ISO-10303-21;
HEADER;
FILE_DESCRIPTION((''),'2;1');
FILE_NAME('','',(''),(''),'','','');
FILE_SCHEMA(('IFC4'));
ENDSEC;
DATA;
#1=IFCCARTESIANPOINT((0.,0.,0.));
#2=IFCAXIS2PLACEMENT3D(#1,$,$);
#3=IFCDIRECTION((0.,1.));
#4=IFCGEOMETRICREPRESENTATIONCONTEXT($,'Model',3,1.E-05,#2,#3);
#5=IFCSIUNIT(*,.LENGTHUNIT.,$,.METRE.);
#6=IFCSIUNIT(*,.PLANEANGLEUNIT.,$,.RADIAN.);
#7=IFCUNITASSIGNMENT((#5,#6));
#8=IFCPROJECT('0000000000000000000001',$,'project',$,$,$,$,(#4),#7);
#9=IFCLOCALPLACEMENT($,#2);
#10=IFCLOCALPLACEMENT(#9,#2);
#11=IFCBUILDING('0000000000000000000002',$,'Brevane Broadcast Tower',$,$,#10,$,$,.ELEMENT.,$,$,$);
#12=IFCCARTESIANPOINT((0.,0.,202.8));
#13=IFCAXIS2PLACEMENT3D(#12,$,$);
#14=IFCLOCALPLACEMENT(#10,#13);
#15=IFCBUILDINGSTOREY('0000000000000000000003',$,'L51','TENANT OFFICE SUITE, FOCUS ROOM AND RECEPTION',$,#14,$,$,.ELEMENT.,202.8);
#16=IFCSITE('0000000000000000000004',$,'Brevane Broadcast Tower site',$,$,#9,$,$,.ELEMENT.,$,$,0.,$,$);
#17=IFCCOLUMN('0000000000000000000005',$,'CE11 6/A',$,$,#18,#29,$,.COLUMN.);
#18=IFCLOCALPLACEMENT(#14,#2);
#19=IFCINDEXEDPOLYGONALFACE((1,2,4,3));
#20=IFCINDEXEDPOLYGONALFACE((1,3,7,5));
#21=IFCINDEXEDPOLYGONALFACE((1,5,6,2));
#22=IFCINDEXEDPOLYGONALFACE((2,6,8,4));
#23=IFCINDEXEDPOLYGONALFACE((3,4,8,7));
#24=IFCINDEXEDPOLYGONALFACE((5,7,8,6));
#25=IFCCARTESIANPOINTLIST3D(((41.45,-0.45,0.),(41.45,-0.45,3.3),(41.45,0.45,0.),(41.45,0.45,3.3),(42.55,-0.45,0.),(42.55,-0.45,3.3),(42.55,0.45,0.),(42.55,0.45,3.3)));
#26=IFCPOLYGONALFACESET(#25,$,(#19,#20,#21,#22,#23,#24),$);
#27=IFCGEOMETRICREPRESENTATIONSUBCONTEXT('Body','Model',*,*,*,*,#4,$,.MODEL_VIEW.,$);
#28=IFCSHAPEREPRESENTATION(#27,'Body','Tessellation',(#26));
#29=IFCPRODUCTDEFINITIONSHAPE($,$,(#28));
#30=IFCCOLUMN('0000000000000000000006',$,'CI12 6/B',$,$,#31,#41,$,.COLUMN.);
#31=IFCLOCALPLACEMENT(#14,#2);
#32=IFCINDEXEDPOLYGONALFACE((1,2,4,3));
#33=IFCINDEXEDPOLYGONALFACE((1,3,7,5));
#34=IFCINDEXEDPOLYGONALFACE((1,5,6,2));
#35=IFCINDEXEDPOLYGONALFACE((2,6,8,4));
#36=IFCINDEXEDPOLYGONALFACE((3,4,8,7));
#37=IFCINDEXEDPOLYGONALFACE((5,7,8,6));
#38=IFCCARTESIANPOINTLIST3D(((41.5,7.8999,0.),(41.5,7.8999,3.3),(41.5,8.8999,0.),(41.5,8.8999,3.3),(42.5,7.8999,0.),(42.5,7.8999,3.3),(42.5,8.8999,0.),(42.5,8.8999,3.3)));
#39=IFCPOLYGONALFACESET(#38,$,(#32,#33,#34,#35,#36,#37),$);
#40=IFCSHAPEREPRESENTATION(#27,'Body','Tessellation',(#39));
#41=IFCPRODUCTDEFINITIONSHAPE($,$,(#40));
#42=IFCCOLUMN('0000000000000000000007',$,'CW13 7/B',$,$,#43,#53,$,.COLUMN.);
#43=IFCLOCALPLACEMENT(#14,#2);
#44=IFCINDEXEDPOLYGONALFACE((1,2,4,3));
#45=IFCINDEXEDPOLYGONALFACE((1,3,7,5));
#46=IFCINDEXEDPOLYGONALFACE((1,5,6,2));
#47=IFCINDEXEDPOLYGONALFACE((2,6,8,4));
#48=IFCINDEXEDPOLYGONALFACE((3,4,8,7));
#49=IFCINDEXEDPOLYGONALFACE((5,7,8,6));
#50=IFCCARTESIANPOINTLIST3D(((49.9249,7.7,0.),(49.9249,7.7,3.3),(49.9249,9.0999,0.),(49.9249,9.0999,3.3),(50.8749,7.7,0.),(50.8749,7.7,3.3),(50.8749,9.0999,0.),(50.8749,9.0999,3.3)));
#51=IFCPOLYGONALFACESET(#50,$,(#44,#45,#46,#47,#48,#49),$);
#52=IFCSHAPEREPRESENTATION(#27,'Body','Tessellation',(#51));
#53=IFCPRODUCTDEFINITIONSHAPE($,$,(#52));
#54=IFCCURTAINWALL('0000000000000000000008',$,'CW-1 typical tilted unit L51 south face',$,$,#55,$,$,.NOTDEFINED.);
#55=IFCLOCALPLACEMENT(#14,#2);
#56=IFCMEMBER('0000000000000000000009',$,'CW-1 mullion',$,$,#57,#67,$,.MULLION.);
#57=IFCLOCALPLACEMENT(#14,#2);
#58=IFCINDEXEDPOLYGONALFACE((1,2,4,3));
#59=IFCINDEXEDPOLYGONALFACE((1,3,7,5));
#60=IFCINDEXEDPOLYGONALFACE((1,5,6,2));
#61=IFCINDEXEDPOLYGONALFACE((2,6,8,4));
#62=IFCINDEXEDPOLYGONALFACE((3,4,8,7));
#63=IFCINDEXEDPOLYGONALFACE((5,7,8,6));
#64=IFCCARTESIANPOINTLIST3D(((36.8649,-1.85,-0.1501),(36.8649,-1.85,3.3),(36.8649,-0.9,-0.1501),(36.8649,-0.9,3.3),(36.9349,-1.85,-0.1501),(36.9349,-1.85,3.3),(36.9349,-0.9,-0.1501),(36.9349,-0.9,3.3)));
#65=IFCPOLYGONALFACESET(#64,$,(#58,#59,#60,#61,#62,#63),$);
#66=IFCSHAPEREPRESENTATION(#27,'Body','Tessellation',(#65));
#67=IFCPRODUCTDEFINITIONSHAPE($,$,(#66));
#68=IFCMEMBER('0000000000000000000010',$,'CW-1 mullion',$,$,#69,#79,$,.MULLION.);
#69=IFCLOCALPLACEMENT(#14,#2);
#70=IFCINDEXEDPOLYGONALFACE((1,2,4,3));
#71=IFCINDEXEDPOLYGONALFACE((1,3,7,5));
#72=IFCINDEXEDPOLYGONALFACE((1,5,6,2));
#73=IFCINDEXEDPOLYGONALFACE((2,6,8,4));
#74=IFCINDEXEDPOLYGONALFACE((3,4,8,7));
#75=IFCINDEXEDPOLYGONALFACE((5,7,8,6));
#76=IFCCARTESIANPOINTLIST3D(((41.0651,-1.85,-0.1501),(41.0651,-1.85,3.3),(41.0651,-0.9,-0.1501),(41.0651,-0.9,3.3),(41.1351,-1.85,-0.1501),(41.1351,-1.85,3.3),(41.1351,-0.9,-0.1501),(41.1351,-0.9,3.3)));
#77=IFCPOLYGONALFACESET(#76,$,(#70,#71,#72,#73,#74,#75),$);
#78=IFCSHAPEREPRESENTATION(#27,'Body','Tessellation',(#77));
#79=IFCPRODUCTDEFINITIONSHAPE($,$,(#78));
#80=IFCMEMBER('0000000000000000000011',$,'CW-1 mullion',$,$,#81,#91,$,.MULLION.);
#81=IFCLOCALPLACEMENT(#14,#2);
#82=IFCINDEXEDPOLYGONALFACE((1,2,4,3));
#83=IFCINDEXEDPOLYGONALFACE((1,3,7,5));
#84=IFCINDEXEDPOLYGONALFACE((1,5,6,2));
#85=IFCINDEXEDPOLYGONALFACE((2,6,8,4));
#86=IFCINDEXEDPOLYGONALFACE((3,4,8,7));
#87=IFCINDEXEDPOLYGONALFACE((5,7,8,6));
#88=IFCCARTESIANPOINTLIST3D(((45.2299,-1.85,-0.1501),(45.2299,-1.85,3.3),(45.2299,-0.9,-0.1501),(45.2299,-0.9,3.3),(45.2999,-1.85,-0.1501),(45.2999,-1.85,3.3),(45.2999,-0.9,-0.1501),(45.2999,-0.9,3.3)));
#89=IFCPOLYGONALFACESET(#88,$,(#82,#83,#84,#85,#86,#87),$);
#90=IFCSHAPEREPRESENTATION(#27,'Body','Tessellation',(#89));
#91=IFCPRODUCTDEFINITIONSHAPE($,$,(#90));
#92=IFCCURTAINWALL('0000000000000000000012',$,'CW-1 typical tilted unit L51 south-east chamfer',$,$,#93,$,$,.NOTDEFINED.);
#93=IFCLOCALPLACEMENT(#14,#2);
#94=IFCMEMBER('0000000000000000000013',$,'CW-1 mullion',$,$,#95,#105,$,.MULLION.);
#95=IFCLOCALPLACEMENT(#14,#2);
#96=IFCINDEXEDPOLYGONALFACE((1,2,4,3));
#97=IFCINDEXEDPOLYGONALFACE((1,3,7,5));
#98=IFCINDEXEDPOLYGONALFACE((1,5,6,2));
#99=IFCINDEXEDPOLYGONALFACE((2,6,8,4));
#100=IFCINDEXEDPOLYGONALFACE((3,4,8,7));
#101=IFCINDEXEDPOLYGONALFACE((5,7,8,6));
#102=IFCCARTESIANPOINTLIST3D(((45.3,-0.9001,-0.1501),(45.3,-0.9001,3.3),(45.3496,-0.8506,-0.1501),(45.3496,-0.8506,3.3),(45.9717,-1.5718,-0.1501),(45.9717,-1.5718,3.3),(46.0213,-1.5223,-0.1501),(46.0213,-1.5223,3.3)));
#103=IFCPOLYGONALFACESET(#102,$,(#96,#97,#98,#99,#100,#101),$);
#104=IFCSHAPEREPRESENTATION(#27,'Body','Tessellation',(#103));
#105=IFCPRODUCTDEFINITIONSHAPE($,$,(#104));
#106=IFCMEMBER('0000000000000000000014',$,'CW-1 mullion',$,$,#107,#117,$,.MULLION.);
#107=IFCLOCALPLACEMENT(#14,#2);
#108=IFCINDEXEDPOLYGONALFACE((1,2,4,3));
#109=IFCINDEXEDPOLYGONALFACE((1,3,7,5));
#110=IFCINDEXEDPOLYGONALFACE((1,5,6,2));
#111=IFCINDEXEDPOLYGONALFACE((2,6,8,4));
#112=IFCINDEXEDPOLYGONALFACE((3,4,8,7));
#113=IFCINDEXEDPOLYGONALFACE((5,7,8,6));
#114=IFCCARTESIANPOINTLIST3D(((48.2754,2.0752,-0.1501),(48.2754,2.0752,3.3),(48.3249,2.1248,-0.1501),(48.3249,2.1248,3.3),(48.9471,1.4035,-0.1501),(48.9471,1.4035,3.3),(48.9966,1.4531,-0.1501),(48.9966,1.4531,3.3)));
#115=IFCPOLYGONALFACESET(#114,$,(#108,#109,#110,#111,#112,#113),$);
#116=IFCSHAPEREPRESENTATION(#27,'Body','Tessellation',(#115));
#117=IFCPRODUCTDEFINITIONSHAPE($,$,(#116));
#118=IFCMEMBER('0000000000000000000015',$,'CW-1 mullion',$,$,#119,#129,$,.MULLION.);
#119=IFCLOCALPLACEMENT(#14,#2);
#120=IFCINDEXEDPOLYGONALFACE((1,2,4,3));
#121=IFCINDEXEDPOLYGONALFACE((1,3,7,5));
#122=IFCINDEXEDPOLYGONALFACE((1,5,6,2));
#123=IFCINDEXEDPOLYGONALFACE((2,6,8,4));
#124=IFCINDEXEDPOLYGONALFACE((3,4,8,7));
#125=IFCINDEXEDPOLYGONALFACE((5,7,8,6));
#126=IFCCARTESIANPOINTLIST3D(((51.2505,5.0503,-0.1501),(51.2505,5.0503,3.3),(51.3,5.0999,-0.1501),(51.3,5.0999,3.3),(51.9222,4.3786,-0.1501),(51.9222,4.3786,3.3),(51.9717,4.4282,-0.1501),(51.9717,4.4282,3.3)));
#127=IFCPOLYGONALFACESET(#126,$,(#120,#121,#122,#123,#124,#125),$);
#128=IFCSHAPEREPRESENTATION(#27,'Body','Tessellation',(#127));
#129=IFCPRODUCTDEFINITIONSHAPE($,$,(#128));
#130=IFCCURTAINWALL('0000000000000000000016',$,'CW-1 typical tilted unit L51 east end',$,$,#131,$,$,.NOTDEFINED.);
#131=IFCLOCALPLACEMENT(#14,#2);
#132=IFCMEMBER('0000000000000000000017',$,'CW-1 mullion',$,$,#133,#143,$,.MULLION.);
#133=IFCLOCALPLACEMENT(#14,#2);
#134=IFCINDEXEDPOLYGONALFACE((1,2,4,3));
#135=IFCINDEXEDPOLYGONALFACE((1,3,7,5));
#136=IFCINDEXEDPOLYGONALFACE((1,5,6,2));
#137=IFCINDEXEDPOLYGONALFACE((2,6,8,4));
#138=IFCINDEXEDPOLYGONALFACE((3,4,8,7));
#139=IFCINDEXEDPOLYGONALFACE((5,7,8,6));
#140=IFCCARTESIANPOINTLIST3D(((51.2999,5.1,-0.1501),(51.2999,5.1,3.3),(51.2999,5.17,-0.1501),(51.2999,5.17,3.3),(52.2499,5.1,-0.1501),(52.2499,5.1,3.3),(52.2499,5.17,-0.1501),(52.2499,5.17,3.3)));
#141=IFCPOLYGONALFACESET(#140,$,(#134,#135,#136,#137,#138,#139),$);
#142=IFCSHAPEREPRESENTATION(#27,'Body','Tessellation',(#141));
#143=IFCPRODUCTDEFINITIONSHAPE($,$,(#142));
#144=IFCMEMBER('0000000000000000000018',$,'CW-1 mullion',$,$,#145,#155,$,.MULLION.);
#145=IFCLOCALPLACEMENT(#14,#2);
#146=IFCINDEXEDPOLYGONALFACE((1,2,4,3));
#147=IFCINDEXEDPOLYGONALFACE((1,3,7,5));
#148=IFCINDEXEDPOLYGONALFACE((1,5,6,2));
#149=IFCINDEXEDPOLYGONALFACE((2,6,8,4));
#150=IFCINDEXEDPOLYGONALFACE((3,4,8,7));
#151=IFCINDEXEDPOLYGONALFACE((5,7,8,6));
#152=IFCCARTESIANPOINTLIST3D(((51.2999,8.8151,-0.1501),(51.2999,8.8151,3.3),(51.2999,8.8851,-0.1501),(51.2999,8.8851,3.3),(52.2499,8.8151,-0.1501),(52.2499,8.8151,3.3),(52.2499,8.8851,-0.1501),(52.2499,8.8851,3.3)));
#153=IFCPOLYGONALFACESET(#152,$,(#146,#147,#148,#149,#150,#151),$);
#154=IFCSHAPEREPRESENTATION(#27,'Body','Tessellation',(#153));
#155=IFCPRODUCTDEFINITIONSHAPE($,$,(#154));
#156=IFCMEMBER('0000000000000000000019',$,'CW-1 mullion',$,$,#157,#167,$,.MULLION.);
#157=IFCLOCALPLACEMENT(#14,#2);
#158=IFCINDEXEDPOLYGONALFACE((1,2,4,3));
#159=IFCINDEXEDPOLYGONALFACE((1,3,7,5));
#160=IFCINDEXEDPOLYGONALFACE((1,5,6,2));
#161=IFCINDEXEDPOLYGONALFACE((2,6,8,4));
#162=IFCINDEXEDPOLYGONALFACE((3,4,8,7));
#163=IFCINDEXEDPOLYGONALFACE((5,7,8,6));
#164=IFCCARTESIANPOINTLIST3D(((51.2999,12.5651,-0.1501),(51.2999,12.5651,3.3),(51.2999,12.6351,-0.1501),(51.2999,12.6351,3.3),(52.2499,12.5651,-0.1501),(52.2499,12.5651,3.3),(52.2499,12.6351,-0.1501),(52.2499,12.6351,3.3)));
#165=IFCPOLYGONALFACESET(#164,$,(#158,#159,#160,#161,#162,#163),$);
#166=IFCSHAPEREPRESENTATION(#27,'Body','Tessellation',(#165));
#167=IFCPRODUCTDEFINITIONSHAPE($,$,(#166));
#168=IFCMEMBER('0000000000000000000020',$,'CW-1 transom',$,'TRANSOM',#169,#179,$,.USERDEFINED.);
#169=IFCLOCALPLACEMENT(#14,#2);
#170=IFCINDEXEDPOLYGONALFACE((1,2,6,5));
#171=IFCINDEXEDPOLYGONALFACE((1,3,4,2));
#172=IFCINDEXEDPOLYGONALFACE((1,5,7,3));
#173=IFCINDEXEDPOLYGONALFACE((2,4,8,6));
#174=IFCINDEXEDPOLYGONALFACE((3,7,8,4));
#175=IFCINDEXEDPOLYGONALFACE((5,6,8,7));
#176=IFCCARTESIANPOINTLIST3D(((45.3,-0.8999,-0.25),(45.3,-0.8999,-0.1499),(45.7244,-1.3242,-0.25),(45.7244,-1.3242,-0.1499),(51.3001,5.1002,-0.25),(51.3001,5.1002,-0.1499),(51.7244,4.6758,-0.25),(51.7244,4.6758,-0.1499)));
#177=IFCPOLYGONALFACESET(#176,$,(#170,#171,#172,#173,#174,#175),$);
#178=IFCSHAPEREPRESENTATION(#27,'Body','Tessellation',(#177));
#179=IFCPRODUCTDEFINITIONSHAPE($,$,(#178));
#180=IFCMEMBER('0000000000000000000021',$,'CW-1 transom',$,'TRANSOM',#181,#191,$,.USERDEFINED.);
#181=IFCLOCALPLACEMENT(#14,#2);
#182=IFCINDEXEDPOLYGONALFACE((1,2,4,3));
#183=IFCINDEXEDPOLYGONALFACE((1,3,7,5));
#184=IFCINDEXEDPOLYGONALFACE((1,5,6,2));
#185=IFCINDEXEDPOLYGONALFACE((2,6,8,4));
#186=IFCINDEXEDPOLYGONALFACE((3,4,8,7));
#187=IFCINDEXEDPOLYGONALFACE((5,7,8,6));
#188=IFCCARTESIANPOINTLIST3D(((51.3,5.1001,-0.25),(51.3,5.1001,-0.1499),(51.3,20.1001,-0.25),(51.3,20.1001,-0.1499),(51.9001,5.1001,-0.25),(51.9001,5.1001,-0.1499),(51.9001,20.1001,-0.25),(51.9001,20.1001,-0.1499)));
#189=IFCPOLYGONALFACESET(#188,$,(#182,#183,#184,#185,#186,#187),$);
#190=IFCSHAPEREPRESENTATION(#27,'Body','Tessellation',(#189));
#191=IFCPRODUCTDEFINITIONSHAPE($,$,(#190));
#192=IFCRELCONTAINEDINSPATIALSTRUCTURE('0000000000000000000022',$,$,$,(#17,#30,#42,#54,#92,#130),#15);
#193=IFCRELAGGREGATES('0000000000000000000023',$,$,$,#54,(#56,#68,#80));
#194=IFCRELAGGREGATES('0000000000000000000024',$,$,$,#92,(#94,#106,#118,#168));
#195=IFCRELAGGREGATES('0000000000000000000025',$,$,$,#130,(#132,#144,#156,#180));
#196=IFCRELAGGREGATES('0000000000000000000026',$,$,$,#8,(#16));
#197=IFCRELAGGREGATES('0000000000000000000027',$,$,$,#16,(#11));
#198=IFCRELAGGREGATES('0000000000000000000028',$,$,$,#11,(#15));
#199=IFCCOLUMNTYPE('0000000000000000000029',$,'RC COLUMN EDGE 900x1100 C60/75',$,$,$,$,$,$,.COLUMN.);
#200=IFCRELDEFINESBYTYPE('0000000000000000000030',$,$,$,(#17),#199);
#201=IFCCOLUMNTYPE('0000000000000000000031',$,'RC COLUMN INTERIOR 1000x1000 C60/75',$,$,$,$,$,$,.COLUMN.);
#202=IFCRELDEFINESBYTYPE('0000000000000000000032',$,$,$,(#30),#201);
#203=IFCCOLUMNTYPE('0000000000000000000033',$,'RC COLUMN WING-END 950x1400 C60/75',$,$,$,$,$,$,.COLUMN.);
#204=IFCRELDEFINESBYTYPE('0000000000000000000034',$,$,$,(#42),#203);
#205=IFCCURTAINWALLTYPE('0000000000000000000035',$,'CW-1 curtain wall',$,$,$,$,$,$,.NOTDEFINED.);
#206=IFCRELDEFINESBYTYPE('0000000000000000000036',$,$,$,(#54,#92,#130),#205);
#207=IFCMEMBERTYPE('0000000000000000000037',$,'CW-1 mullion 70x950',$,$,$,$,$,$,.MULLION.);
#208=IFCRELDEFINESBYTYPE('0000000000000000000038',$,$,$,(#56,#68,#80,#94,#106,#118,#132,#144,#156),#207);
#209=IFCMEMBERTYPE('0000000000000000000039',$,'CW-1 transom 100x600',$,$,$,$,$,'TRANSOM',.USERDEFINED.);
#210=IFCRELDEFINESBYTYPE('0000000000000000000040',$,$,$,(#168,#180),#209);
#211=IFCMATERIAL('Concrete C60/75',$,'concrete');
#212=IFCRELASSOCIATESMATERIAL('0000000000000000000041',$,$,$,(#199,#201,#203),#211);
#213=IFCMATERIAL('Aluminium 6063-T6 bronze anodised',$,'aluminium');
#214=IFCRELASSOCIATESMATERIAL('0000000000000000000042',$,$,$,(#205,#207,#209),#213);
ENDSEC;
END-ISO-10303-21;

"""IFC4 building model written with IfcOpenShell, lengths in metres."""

from ifc_helpers import new_model, si_unit, direction, frame, origin, origin_2d, place, context, subcontext, project, spatial, rectangle, extrude, material, material_profile, profile_set, type_object, element, aggregate, save


model = new_model("IFC4")

# Units and contexts
model_context = context("Model", 3, precision=1e-05, world=origin(), true_north=direction((0.0, 1.0)))
body_context = subcontext(model_context, "Body", "Model", "MODEL_VIEW")
ifc_project = project(units=[si_unit("LENGTHUNIT", "METRE"), si_unit("PLANEANGLEUNIT", "RADIAN")], contexts=[model_context])

# Site, building, storey
site_placement = place(None, origin())
site = spatial("IfcSite", under=ifc_project, at=site_placement, Name="Brevane Broadcast Tower site", CompositionType="ELEMENT", RefElevation=0.0)
building_placement = place(site_placement, origin())
building = spatial("IfcBuilding", under=site, at=building_placement, Name="Brevane Broadcast Tower", CompositionType="ELEMENT")
storey_placement = place(building_placement, frame((0.0, 0.0, 202.8)))
storey = spatial("IfcBuildingStorey", under=building, at=storey_placement, Name="L51", Description="TENANT OFFICE SUITE, FOCUS ROOM AND RECEPTION", CompositionType="ELEMENT", Elevation=202.8)

# Columns
ifc_material_1 = material(Name="Concrete C60/75", Category="concrete")
ifc_material_profile_1 = material_profile(ifc_material_1, rectangle(XDim=0.8999, YDim=1.1001, at=origin_2d()), Name="RC 900x1100")
ifc_profile_set_1 = profile_set([ifc_material_profile_1], Name="Concrete C60/75")
column_type_1 = type_object("IfcColumnType", Name="RC COLUMN EDGE 900x1100 C60/75", PredefinedType="COLUMN", material=ifc_profile_set_1)
column_1_placement = place(storey_placement, frame((42.0, 0.0, 0.0), z_axis=(0.0, 0.0, 1.0), x_axis=(0.0, 1.0, 0.0)))
element("IfcColumn", 1, at=column_1_placement, inside=storey, type_object=column_type_1, Name="CE11 6/A", PredefinedType="COLUMN", context=body_context, shape_type="SweptSolid", body=[
    extrude(rectangle(XDim=0.8999, YDim=1.1001, at=origin_2d()), origin(), (0.0, 0.0, 1.0), 3.3),
])
ifc_material_profile_2 = material_profile(ifc_material_1, rectangle(XDim=1.0, YDim=1.0, at=origin_2d()), Name="RC 1000x1000")
ifc_profile_set_2 = profile_set([ifc_material_profile_2], Name="Concrete C60/75")
column_type_2 = type_object("IfcColumnType", Name="RC COLUMN INTERIOR 1000x1000 C60/75", PredefinedType="COLUMN", material=ifc_profile_set_2)
column_2_placement = place(storey_placement, frame((42.0, 8.3999, 0.0), z_axis=(0.0, 0.0, 1.0), x_axis=(1.0, 0.0, 0.0)))
element("IfcColumn", 2, at=column_2_placement, inside=storey, type_object=column_type_2, Name="CI12 6/B", PredefinedType="COLUMN", context=body_context, shape_type="SweptSolid", body=[
    extrude(rectangle(XDim=1.0, YDim=1.0, at=origin_2d()), origin(), (0.0, 0.0, 1.0), 3.3),
])
ifc_material_profile_3 = material_profile(ifc_material_1, rectangle(XDim=0.95, YDim=1.3999, at=origin_2d()), Name="RC 950x1400")
ifc_profile_set_3 = profile_set([ifc_material_profile_3], Name="Concrete C60/75")
column_type_3 = type_object("IfcColumnType", Name="RC COLUMN WING-END 950x1400 C60/75", PredefinedType="COLUMN", material=ifc_profile_set_3)
column_3_placement = place(storey_placement, frame((50.3999, 8.3999, 0.0), z_axis=(0.0, 0.0, 1.0), x_axis=(1.0, 0.0, 0.0)))
element("IfcColumn", 3, at=column_3_placement, inside=storey, type_object=column_type_3, Name="CW13 7/B", PredefinedType="COLUMN", context=body_context, shape_type="SweptSolid", body=[
    extrude(rectangle(XDim=0.95, YDim=1.3999, at=origin_2d()), origin(), (0.0, 0.0, 1.0), 3.3),
])

# Curtain walls, members
ifc_material_2 = material(Name="Aluminium 6063-T6 bronze anodised", Category="aluminium")
curtain_wall_type = type_object("IfcCurtainWallType", Name="CW-1 curtain wall", PredefinedType="NOTDEFINED", material=ifc_material_2)
curtain_wall_1_placement = place(storey_placement, origin())
curtain_wall_1 = element("IfcCurtainWall", 4, at=curtain_wall_1_placement, inside=storey, type_object=curtain_wall_type, Name="CW-1 typical tilted unit L51 south face", PredefinedType="NOTDEFINED")
ifc_material_profile_4 = material_profile(ifc_material_2, rectangle(XDim=0.95, YDim=0.0701, at=origin_2d()), Name="RECT 70x950")
ifc_profile_set_4 = profile_set([ifc_material_profile_4], Name="Aluminium 6063-T6 bronze anodised")
member_type_1 = type_object("IfcMemberType", Name="CW-1 mullion 70x950", PredefinedType="MULLION", material=ifc_profile_set_4)
member_1_placement = place(storey_placement, frame((36.8999, -1.375, -0.1501), z_axis=(0.0, 0.0, 1.0), x_axis=(0.0, 1.0, 0.0)))
member_1 = element("IfcMember", 5, at=member_1_placement, type_object=member_type_1, Name="CW-1 mullion", PredefinedType="MULLION", context=body_context, shape_type="SweptSolid", body=[
    extrude(rectangle(XDim=0.95, YDim=0.0701, at=origin_2d()), origin(), (0.0, 0.0, 1.0), 3.4502),
])
member_2_placement = place(storey_placement, frame((41.1001, -1.375, -0.1501), z_axis=(0.0, 0.0, 1.0), x_axis=(0.0, 1.0, 0.0)))
member_2 = element("IfcMember", 6, at=member_2_placement, type_object=member_type_1, Name="CW-1 mullion", PredefinedType="MULLION", context=body_context, shape_type="SweptSolid", body=[
    extrude(rectangle(XDim=0.95, YDim=0.0701, at=origin_2d()), origin(), (0.0, 0.0, 1.0), 3.4502),
])
member_3_placement = place(storey_placement, frame((45.2649, -1.375, -0.1501), z_axis=(0.0, 0.0, 1.0), x_axis=(0.0, 1.0, 0.0)))
member_3 = element("IfcMember", 7, at=member_3_placement, type_object=member_type_1, Name="CW-1 mullion", PredefinedType="MULLION", context=body_context, shape_type="SweptSolid", body=[
    extrude(rectangle(XDim=0.95, YDim=0.0701, at=origin_2d()), origin(), (0.0, 0.0, 1.0), 3.4502),
])
aggregate(curtain_wall_1, [member_1, member_2, member_3])
curtain_wall_2_placement = place(storey_placement, origin())
curtain_wall_2 = element("IfcCurtainWall", 8, at=curtain_wall_2_placement, inside=storey, type_object=curtain_wall_type, Name="CW-1 typical tilted unit L51 south-east chamfer", PredefinedType="NOTDEFINED")
member_4_placement = place(storey_placement, frame((45.6606, -1.2112, -0.1501), z_axis=(0.0, 0.0, 1.0), x_axis=(-0.707107, 0.707107, 0.0)))
member_4 = element("IfcMember", 9, at=member_4_placement, type_object=member_type_1, Name="CW-1 mullion", PredefinedType="MULLION", context=body_context, shape_type="SweptSolid", body=[
    extrude(rectangle(XDim=0.95, YDim=0.0701, at=origin_2d()), origin(), (0.0, 0.0, 1.0), 3.4502),
])
member_5_placement = place(storey_placement, frame((48.636, 1.7642, -0.1501), z_axis=(0.0, 0.0, 1.0), x_axis=(-0.707107, 0.707107, 0.0)))
member_5 = element("IfcMember", 10, at=member_5_placement, type_object=member_type_1, Name="CW-1 mullion", PredefinedType="MULLION", context=body_context, shape_type="SweptSolid", body=[
    extrude(rectangle(XDim=0.95, YDim=0.0701, at=origin_2d()), origin(), (0.0, 0.0, 1.0), 3.4502),
])
member_6_placement = place(storey_placement, frame((51.6111, 4.7393, -0.1501), z_axis=(0.0, 0.0, 1.0), x_axis=(-0.707107, 0.707107, 0.0)))
member_6 = element("IfcMember", 11, at=member_6_placement, type_object=member_type_1, Name="CW-1 mullion", PredefinedType="MULLION", context=body_context, shape_type="SweptSolid", body=[
    extrude(rectangle(XDim=0.95, YDim=0.0701, at=origin_2d()), origin(), (0.0, 0.0, 1.0), 3.4502),
])
curtain_wall_3_placement = place(storey_placement, origin())
curtain_wall_3 = element("IfcCurtainWall", 12, at=curtain_wall_3_placement, inside=storey, type_object=curtain_wall_type, Name="CW-1 typical tilted unit L51 east end", PredefinedType="NOTDEFINED")
member_7_placement = place(storey_placement, frame((51.7749, 5.135, -0.1501), z_axis=(0.0, 0.0, 1.0), x_axis=(-1.0, 0.0, 0.0)))
member_7 = element("IfcMember", 13, at=member_7_placement, type_object=member_type_1, Name="CW-1 mullion", PredefinedType="MULLION", context=body_context, shape_type="SweptSolid", body=[
    extrude(rectangle(XDim=0.95, YDim=0.0701, at=origin_2d()), origin(), (0.0, 0.0, 1.0), 3.4502),
])
member_8_placement = place(storey_placement, frame((51.7749, 8.8501, -0.1501), z_axis=(0.0, 0.0, 1.0), x_axis=(-1.0, 0.0, 0.0)))
member_8 = element("IfcMember", 14, at=member_8_placement, type_object=member_type_1, Name="CW-1 mullion", PredefinedType="MULLION", context=body_context, shape_type="SweptSolid", body=[
    extrude(rectangle(XDim=0.95, YDim=0.0701, at=origin_2d()), origin(), (0.0, 0.0, 1.0), 3.4502),
])
member_9_placement = place(storey_placement, frame((51.7749, 12.6001, -0.1501), z_axis=(0.0, 0.0, 1.0), x_axis=(-1.0, 0.0, 0.0)))
member_9 = element("IfcMember", 15, at=member_9_placement, type_object=member_type_1, Name="CW-1 mullion", PredefinedType="MULLION", context=body_context, shape_type="SweptSolid", body=[
    extrude(rectangle(XDim=0.95, YDim=0.0701, at=origin_2d()), origin(), (0.0, 0.0, 1.0), 3.4502),
])

# Members
ifc_material_profile_5 = material_profile(ifc_material_2, rectangle(XDim=0.6001, YDim=0.1001, at=origin_2d()), Name="RECT 100x600")
ifc_profile_set_5 = profile_set([ifc_material_profile_5], Name="Aluminium 6063-T6 bronze anodised")
member_type_2 = type_object("IfcMemberType", Name="CW-1 transom 100x600", ElementType="TRANSOM", PredefinedType="USERDEFINED", material=ifc_profile_set_5)
member_10_placement = place(storey_placement, frame((45.5122, -1.1121, -0.2), z_axis=(0.707107, 0.707107, 0.0), x_axis=(-0.707107, 0.707107, 0.0)))
member_10 = element("IfcMember", 16, at=member_10_placement, type_object=member_type_2, Name="CW-1 transom", ObjectType="TRANSOM", PredefinedType="USERDEFINED", context=body_context, shape_type="SweptSolid", body=[
    extrude(rectangle(XDim=0.6001, YDim=0.1001, at=origin_2d()), origin(), (0.0, 0.0, 1.0), 8.4854),
])
aggregate(curtain_wall_2, [member_4, member_5, member_6, member_10])
member_11_placement = place(storey_placement, frame((51.6001, 5.1001, -0.2), z_axis=(0.0, 1.0, 0.0), x_axis=(-1.0, 0.0, 0.0)))
member_11 = element("IfcMember", 17, at=member_11_placement, type_object=member_type_2, Name="CW-1 transom", ObjectType="TRANSOM", PredefinedType="USERDEFINED", context=body_context, shape_type="SweptSolid", body=[
    extrude(rectangle(XDim=0.6001, YDim=0.1001, at=origin_2d()), origin(), (0.0, 0.0, 1.0), 15.0),
])
aggregate(curtain_wall_3, [member_7, member_8, member_9, member_11])

save(model, "model.ifc")
